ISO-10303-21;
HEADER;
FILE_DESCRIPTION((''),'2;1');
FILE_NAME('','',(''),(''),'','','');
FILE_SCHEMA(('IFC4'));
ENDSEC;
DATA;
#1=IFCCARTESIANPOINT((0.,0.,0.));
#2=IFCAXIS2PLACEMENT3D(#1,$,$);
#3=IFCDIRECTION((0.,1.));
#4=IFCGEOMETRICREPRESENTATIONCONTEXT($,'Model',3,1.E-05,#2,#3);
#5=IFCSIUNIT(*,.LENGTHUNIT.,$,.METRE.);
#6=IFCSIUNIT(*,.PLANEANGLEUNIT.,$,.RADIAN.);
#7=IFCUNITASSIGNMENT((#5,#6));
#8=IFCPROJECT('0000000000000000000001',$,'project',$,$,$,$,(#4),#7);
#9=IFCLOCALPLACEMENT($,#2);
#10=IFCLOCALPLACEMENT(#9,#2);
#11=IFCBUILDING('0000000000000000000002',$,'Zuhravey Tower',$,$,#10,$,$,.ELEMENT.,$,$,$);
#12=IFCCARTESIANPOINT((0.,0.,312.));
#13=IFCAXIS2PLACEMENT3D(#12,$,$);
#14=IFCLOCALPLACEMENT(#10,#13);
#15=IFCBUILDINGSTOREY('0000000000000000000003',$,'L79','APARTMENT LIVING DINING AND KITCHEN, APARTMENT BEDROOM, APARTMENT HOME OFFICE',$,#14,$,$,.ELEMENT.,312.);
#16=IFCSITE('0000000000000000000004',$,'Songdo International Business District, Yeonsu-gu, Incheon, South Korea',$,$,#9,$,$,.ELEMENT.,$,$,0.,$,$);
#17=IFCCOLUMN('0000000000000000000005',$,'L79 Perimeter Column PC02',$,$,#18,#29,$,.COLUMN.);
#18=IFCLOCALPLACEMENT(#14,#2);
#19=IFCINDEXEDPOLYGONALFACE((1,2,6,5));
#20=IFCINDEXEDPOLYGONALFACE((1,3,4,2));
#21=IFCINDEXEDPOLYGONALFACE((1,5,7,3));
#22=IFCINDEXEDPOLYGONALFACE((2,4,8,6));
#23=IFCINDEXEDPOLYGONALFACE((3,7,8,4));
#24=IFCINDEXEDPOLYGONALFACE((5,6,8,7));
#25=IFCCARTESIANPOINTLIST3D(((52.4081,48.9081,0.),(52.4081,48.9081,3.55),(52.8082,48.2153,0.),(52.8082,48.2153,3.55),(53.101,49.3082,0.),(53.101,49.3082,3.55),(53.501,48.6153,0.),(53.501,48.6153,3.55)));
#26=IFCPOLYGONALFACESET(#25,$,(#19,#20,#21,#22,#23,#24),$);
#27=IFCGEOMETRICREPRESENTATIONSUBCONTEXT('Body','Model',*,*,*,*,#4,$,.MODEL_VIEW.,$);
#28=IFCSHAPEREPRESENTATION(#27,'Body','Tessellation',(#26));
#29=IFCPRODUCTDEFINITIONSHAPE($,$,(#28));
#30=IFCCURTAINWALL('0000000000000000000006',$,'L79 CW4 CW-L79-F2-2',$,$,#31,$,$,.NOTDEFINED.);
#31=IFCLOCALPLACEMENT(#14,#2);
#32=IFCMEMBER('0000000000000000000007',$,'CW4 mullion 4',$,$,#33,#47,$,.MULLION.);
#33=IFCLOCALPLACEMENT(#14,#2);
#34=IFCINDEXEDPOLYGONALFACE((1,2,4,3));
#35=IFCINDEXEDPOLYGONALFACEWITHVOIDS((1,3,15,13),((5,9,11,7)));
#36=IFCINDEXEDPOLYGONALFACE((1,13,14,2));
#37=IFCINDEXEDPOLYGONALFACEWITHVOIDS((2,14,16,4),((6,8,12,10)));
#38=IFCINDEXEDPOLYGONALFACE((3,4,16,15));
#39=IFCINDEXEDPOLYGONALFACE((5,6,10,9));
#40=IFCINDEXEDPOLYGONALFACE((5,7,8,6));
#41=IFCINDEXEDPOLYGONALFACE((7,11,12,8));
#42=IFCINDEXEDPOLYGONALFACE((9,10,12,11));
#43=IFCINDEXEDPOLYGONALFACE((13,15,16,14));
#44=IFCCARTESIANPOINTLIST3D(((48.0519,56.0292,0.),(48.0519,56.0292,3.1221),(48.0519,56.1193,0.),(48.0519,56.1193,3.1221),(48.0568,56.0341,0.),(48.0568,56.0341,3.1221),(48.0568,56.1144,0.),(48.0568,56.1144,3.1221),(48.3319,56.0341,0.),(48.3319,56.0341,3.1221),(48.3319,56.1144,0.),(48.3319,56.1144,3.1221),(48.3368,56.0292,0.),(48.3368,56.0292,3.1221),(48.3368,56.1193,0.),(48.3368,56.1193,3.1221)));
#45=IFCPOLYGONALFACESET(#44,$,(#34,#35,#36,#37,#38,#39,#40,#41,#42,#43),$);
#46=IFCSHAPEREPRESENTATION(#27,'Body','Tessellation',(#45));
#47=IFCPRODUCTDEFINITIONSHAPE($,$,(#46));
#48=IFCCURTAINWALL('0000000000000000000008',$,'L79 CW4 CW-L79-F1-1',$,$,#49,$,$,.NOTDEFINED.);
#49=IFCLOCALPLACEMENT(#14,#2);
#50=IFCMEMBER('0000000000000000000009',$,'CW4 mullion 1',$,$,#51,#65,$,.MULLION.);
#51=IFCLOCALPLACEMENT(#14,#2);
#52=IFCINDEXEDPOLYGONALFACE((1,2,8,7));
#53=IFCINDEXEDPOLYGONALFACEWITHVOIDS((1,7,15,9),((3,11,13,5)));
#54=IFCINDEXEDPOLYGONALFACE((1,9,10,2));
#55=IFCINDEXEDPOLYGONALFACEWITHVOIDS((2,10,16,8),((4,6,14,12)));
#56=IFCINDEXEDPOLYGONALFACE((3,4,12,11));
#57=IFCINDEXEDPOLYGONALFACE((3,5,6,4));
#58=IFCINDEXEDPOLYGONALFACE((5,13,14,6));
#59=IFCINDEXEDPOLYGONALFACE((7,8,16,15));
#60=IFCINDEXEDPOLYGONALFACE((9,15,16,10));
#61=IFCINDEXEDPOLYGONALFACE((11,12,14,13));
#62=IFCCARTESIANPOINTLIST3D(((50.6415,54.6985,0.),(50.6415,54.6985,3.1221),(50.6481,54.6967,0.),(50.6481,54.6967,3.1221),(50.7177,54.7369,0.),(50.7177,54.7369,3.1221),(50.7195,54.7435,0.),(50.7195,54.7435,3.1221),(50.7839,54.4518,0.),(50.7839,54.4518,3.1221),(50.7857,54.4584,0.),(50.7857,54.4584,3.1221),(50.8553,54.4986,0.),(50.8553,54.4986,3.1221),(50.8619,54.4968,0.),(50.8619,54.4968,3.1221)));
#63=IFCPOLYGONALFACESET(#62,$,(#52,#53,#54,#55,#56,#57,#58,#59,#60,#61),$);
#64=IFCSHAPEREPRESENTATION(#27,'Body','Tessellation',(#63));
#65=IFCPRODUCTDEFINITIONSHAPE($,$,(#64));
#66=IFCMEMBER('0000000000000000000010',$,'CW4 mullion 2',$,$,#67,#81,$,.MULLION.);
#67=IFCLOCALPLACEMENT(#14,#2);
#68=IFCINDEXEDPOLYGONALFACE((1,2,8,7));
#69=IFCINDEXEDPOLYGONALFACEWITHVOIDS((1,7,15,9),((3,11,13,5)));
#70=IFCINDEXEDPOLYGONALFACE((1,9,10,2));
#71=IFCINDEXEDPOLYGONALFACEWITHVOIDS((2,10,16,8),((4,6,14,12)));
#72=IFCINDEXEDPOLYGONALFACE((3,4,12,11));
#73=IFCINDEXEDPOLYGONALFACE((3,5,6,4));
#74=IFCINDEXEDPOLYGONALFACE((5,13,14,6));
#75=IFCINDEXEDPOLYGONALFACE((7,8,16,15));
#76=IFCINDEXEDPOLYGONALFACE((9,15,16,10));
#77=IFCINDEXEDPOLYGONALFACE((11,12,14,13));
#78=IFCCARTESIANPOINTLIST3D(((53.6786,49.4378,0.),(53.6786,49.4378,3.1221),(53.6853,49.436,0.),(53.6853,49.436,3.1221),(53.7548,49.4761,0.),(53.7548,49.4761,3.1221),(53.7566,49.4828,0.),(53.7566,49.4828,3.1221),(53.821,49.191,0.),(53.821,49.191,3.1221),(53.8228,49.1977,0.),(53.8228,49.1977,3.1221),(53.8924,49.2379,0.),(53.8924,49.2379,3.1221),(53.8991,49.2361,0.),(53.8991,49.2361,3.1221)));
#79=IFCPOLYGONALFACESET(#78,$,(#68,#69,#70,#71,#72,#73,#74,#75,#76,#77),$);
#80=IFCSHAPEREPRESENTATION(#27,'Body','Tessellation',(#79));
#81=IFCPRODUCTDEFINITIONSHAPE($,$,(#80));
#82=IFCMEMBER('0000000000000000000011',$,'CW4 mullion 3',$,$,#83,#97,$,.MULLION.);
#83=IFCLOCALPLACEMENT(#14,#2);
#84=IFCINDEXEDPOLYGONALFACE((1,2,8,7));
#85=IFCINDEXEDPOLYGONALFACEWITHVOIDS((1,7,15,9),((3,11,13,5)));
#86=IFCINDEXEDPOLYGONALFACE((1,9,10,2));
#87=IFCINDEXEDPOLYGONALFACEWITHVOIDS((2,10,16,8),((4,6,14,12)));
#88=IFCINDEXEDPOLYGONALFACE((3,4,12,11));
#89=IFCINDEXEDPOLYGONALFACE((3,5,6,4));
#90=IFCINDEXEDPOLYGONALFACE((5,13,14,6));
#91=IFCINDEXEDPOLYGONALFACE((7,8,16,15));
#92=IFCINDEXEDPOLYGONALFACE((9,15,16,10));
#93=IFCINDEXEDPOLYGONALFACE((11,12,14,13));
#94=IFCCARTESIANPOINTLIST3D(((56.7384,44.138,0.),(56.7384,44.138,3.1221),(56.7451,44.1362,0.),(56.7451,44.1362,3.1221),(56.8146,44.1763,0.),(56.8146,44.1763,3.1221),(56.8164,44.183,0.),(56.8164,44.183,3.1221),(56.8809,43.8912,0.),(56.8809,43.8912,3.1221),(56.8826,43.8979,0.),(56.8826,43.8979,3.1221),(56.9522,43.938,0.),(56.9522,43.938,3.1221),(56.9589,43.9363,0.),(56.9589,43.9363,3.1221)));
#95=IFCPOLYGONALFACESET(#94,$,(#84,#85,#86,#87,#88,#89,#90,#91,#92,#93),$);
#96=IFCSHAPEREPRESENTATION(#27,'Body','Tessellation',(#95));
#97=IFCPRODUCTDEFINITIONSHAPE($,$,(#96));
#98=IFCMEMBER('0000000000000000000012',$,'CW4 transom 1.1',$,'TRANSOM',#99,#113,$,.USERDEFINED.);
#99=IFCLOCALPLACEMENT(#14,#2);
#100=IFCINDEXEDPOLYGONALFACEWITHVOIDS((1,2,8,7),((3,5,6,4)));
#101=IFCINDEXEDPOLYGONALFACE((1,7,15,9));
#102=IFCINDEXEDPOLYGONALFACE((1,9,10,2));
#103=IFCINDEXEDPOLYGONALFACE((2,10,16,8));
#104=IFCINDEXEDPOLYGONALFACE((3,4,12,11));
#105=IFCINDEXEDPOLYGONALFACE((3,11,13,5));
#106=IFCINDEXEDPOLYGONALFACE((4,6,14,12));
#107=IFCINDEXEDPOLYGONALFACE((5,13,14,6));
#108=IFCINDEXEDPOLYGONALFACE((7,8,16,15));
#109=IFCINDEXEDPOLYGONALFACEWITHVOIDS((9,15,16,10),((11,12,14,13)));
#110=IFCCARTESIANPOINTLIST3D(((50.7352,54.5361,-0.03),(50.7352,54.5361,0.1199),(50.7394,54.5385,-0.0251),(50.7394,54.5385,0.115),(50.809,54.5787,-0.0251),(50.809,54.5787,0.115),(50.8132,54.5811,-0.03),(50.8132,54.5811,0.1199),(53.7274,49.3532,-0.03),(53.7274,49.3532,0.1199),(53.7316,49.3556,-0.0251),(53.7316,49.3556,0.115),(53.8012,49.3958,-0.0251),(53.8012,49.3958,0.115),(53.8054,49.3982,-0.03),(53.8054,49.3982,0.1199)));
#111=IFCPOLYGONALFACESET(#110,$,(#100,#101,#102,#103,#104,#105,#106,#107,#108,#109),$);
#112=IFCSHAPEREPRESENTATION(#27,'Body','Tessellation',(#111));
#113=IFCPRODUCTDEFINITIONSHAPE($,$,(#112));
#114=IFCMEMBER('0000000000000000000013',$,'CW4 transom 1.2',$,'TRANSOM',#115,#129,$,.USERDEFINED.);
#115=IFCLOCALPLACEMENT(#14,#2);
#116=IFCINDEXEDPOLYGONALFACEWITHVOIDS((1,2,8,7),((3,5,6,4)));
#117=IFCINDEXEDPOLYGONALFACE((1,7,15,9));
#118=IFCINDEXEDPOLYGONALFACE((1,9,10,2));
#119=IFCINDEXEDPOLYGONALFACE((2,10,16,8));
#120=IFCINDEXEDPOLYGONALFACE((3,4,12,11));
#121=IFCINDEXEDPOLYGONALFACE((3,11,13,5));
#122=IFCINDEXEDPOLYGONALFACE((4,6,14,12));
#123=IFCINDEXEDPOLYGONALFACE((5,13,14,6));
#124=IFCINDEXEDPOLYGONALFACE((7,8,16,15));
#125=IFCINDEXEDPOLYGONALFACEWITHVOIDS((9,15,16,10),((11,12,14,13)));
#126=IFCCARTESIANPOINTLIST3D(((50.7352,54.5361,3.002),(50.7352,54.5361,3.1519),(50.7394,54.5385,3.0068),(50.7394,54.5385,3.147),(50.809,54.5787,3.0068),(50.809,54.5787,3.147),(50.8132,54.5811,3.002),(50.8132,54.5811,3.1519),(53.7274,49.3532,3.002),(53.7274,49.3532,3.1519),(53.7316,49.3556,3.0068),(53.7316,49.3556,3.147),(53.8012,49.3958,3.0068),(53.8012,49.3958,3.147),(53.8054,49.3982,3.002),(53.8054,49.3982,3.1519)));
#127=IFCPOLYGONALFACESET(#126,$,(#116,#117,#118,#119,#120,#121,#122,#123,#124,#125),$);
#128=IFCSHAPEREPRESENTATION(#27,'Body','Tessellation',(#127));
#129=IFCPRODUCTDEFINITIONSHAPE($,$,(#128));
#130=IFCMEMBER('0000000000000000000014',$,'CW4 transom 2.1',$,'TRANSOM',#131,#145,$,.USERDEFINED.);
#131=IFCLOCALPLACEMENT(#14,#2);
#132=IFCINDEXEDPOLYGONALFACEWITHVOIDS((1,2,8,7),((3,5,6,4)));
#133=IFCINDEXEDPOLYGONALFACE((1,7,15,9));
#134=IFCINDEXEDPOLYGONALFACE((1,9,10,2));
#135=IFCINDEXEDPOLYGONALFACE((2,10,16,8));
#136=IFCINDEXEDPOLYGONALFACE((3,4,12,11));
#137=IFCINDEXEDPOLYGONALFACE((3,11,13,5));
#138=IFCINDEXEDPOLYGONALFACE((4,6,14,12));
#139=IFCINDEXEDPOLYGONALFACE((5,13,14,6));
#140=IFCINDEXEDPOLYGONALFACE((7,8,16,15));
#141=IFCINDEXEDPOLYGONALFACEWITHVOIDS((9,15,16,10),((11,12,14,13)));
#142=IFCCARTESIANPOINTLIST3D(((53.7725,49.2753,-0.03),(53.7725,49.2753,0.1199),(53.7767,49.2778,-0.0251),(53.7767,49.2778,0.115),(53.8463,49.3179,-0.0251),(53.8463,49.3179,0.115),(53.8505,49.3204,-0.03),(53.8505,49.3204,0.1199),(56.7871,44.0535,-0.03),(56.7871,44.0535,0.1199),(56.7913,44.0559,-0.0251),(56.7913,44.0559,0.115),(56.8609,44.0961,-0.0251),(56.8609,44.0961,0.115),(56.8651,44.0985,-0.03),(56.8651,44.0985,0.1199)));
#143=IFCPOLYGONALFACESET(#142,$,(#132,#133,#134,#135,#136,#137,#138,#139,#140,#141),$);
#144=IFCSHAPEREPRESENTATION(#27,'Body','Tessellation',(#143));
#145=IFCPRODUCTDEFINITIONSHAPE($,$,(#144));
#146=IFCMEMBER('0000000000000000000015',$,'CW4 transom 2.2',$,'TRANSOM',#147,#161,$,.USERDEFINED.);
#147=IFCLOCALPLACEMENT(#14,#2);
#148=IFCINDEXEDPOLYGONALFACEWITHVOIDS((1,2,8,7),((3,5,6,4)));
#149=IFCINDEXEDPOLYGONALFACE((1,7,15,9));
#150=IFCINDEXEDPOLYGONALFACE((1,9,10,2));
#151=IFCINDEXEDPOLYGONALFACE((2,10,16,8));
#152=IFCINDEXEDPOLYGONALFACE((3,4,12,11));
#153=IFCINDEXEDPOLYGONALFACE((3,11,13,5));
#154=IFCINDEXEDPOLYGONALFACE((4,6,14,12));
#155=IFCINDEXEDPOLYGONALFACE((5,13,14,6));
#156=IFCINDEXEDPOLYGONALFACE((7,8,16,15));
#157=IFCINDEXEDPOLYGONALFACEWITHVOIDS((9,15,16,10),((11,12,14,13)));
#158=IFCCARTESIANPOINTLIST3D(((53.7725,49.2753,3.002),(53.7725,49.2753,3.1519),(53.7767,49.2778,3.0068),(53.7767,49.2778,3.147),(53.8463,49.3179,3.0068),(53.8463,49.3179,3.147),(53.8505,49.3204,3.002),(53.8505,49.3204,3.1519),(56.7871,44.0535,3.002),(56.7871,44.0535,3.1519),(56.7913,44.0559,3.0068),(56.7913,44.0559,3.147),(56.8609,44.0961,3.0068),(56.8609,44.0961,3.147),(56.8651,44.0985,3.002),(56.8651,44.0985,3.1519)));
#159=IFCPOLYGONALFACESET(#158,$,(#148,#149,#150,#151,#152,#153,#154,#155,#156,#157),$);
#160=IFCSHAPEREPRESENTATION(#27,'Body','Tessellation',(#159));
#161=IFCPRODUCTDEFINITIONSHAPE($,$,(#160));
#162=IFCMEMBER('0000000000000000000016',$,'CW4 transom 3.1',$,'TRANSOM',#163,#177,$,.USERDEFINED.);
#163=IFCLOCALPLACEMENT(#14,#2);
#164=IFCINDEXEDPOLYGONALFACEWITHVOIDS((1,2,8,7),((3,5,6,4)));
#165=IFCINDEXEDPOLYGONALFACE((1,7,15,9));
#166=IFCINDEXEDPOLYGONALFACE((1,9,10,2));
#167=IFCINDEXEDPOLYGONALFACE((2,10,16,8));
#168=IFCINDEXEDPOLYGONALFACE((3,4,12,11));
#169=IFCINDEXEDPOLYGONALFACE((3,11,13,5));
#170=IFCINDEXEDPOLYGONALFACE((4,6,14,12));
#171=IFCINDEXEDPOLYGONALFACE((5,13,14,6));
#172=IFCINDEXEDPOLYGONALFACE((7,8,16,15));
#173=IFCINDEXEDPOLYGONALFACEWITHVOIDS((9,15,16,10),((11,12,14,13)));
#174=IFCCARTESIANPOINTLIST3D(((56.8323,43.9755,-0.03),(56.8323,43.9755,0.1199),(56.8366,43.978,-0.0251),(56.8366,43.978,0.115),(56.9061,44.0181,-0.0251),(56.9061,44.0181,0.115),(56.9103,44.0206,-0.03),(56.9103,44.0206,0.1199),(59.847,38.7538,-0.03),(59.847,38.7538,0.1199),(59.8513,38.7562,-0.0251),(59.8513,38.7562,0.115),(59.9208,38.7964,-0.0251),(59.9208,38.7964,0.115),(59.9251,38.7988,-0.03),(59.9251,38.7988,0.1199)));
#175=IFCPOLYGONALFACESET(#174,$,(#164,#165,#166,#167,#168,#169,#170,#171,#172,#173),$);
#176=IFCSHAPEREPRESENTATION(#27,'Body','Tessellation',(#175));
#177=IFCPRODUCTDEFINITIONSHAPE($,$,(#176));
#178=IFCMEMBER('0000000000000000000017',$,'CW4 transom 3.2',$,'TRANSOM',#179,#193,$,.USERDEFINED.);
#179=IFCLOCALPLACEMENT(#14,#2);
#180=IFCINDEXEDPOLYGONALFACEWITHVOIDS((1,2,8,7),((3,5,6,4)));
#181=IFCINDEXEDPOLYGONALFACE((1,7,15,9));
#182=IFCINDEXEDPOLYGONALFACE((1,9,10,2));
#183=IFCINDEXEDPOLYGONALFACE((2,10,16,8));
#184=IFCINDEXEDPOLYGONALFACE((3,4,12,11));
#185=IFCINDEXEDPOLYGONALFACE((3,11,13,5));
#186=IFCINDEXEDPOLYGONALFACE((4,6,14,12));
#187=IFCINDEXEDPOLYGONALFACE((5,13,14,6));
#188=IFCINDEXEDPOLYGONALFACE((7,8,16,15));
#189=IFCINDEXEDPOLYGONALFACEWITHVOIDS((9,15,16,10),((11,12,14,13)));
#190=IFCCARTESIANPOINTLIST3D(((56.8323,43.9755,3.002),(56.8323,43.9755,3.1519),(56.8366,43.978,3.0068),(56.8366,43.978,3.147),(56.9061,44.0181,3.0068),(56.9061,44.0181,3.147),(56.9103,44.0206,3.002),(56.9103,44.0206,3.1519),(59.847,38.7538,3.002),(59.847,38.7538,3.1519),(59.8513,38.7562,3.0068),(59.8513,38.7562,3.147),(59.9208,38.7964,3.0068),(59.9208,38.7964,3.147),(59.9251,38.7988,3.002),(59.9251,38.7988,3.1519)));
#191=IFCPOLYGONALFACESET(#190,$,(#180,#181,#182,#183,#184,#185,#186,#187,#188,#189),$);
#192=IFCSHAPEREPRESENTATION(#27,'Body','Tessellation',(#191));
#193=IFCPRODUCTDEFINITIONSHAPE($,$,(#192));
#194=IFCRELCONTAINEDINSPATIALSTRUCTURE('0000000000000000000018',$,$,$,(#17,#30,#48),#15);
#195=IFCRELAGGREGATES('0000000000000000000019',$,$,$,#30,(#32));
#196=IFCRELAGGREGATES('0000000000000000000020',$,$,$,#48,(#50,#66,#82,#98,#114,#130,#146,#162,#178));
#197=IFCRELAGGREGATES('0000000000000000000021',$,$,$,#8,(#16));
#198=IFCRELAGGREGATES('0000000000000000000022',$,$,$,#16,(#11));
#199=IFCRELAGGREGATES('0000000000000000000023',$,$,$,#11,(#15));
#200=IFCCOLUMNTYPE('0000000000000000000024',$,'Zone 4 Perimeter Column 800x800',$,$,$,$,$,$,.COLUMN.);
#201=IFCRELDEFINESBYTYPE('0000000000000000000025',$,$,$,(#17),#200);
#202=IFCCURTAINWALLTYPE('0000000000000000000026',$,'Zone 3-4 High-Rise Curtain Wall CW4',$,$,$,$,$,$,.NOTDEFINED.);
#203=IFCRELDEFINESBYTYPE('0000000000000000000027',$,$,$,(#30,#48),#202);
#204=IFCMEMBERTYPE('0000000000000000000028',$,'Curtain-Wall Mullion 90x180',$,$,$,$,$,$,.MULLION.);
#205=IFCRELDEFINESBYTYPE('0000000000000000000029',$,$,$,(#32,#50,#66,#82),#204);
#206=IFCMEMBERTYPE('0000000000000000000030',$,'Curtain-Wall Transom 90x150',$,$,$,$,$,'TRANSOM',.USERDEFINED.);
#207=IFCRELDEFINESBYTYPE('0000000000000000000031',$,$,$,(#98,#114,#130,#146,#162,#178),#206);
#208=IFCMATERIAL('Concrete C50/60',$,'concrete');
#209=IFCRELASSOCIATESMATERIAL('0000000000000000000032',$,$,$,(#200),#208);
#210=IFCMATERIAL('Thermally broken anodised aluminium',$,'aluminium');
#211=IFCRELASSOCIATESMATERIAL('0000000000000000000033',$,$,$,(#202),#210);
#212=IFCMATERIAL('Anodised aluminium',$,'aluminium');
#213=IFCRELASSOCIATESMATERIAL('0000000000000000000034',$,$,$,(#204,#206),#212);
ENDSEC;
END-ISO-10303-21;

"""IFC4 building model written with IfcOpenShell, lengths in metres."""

from ifc_helpers import new_model, si_unit, direction, frame, origin, origin_2d, place, context, subcontext, project, spatial, rectangle, hollow_rectangle, extrude, material, material_profile, profile_set, type_object, element, aggregate, save


model = new_model("IFC4")

# Units and contexts
model_context = context("Model", 3, precision=1e-05, world=origin(), true_north=direction((0.0, 1.0)))
body_context = subcontext(model_context, "Body", "Model", "MODEL_VIEW")
ifc_project = project(units=[si_unit("LENGTHUNIT", "METRE"), si_unit("PLANEANGLEUNIT", "RADIAN")], contexts=[model_context])

# Site, building, storey
site_placement = place(None, origin())
site = spatial("IfcSite", under=ifc_project, at=site_placement, Name="Songdo International Business District, Yeonsu-gu, Incheon, South Korea", CompositionType="ELEMENT", RefElevation=0.0)
building_placement = place(site_placement, origin())
building = spatial("IfcBuilding", under=site, at=building_placement, Name="Zuhravey Tower", CompositionType="ELEMENT")
storey_placement = place(building_placement, frame((0.0, 0.0, 312.0)))
storey = spatial("IfcBuildingStorey", under=building, at=storey_placement, Name="L79", Description="APARTMENT LIVING DINING AND KITCHEN, APARTMENT BEDROOM, APARTMENT HOME OFFICE", CompositionType="ELEMENT", Elevation=312.0)

# Column
ifc_material_1 = material(Name="Concrete C50/60", Category="concrete")
ifc_material_profile_1 = material_profile(ifc_material_1, rectangle(XDim=0.8, YDim=0.8, at=origin_2d()), Name="RC-800x800")
ifc_profile_set_1 = profile_set([ifc_material_profile_1], Name="Concrete C50/60")
column_type = type_object("IfcColumnType", Name="Zone 4 Perimeter Column 800x800", PredefinedType="COLUMN", material=ifc_profile_set_1)
column_placement = place(storey_placement, frame((52.9546, 48.7617, 0.0), z_axis=(0.0, 0.0, 1.0), x_axis=(-0.5, 0.866025, 0.0)))
element("IfcColumn", 1, at=column_placement, inside=storey, type_object=column_type, Name="L79 Perimeter Column PC02", PredefinedType="COLUMN", context=body_context, shape_type="SweptSolid", body=[
    extrude(rectangle(XDim=0.8, YDim=0.8, at=origin_2d()), origin(), (0.0, 0.0, 1.0), 3.55),
])

# Curtain wall, member
ifc_material_2 = material(Name="Thermally broken anodised aluminium", Category="aluminium")
curtain_wall_type = type_object("IfcCurtainWallType", Name="Zone 3-4 High-Rise Curtain Wall CW4", PredefinedType="NOTDEFINED", material=ifc_material_2)
curtain_wall_1_placement = place(storey_placement, origin())
curtain_wall_1 = element("IfcCurtainWall", 2, at=curtain_wall_1_placement, inside=storey, type_object=curtain_wall_type, Name="L79 CW4 CW-L79-F2-2", PredefinedType="NOTDEFINED")
ifc_material_3 = material(Name="Anodised aluminium", Category="aluminium")
ifc_material_profile_2 = material_profile(ifc_material_3, hollow_rectangle(XDim=0.0901, YDim=0.2849, WallThickness=0.0049, at=origin_2d()), Name="ALU-RHS-90x285x5")
ifc_profile_set_2 = profile_set([ifc_material_profile_2], Name="Anodised aluminium")
member_type_1 = type_object("IfcMemberType", Name="Curtain-Wall Mullion 90x180", PredefinedType="MULLION", material=ifc_profile_set_2)
member_1_placement = place(storey_placement, frame((48.1943, 56.0742, 0.0), z_axis=(0.0, 0.0, 1.0), x_axis=(0.0, 1.0, 0.0)))
member_1 = element("IfcMember", 3, at=member_1_placement, type_object=member_type_1, Name="CW4 mullion 4", PredefinedType="MULLION", context=body_context, shape_type="SweptSolid", body=[
    extrude(hollow_rectangle(XDim=0.0901, YDim=0.2849, WallThickness=0.0049, at=origin_2d()), origin(), (0.0, 0.0, 1.0), 3.1221),
])
aggregate(curtain_wall_1, [member_1])

# Curtain wall, members
curtain_wall_2_placement = place(storey_placement, origin())
curtain_wall_2 = element("IfcCurtainWall", 4, at=curtain_wall_2_placement, inside=storey, type_object=curtain_wall_type, Name="L79 CW4 CW-L79-F1-1", PredefinedType="NOTDEFINED")
member_2_placement = place(storey_placement, frame((50.7517, 54.5977, 0.0), z_axis=(0.0, 0.0, 1.0), x_axis=(0.866026, 0.5, 0.0)))
member_2 = element("IfcMember", 5, at=member_2_placement, type_object=member_type_1, Name="CW4 mullion 1", PredefinedType="MULLION", context=body_context, shape_type="SweptSolid", body=[
    extrude(hollow_rectangle(XDim=0.0901, YDim=0.2849, WallThickness=0.0049, at=origin_2d()), origin(), (0.0, 0.0, 1.0), 3.1221),
])
member_3_placement = place(storey_placement, frame((53.7888, 49.3369, 0.0), z_axis=(0.0, 0.0, 1.0), x_axis=(0.866026, 0.5, 0.0)))
member_3 = element("IfcMember", 6, at=member_3_placement, type_object=member_type_1, Name="CW4 mullion 2", PredefinedType="MULLION", context=body_context, shape_type="SweptSolid", body=[
    extrude(hollow_rectangle(XDim=0.0901, YDim=0.2849, WallThickness=0.0049, at=origin_2d()), origin(), (0.0, 0.0, 1.0), 3.1221),
])
member_4_placement = place(storey_placement, frame((56.8486, 44.0371, 0.0), z_axis=(0.0, 0.0, 1.0), x_axis=(0.866026, 0.5, 0.0)))
member_4 = element("IfcMember", 7, at=member_4_placement, type_object=member_type_1, Name="CW4 mullion 3", PredefinedType="MULLION", context=body_context, shape_type="SweptSolid", body=[
    extrude(hollow_rectangle(XDim=0.0901, YDim=0.2849, WallThickness=0.0049, at=origin_2d()), origin(), (0.0, 0.0, 1.0), 3.1221),
])
ifc_material_profile_3 = material_profile(ifc_material_3, hollow_rectangle(XDim=0.0901, YDim=0.1499, WallThickness=0.0049, at=origin_2d()), Name="ALU-RHS-90x150x5")
ifc_profile_set_3 = profile_set([ifc_material_profile_3], Name="Anodised aluminium")
member_type_2 = type_object("IfcMemberType", Name="Curtain-Wall Transom 90x150", ElementType="TRANSOM", PredefinedType="USERDEFINED", material=ifc_profile_set_3)
member_5_placement = place(storey_placement, frame((50.7742, 54.5586, 0.0449), z_axis=(0.499983, -0.866035, 0.0), x_axis=(0.866035, 0.499983, 0.0)))
member_5 = element("IfcMember", 8, at=member_5_placement, type_object=member_type_2, Name="CW4 transom 1.1", ObjectType="TRANSOM", PredefinedType="USERDEFINED", context=body_context, shape_type="SweptSolid", body=[
    extrude(hollow_rectangle(XDim=0.0901, YDim=0.1499, WallThickness=0.0049, at=origin_2d()), origin(), (0.0, 0.0, 1.0), 5.9846),
])
member_6_placement = place(storey_placement, frame((50.7742, 54.5586, 3.0769), z_axis=(0.499983, -0.866035, 0.0), x_axis=(0.866035, 0.499983, 0.0)))
member_6 = element("IfcMember", 9, at=member_6_placement, type_object=member_type_2, Name="CW4 transom 1.2", ObjectType="TRANSOM", PredefinedType="USERDEFINED", context=body_context, shape_type="SweptSolid", body=[
    extrude(hollow_rectangle(XDim=0.0901, YDim=0.1499, WallThickness=0.0049, at=origin_2d()), origin(), (0.0, 0.0, 1.0), 5.9846),
])
member_7_placement = place(storey_placement, frame((53.8115, 49.2979, 0.0449), z_axis=(0.499971, -0.866042, 0.0), x_axis=(0.866042, 0.499971, 0.0)))
member_7 = element("IfcMember", 10, at=member_7_placement, type_object=member_type_2, Name="CW4 transom 2.1", ObjectType="TRANSOM", PredefinedType="USERDEFINED", context=body_context, shape_type="SweptSolid", body=[
    extrude(hollow_rectangle(XDim=0.0901, YDim=0.1499, WallThickness=0.0049, at=origin_2d()), origin(), (0.0, 0.0, 1.0), 6.0295),
])
member_8_placement = place(storey_placement, frame((53.8115, 49.2979, 3.0769), z_axis=(0.499971, -0.866042, 0.0), x_axis=(0.866042, 0.499971, 0.0)))
member_8 = element("IfcMember", 11, at=member_8_placement, type_object=member_type_2, Name="CW4 transom 2.2", ObjectType="TRANSOM", PredefinedType="USERDEFINED", context=body_context, shape_type="SweptSolid", body=[
    extrude(hollow_rectangle(XDim=0.0901, YDim=0.1499, WallThickness=0.0049, at=origin_2d()), origin(), (0.0, 0.0, 1.0), 6.0295),
])
member_9_placement = place(storey_placement, frame((56.8713, 43.998, 0.0449), z_axis=(0.499989, -0.866032, 0.0), x_axis=(0.866032, 0.499989, 0.0)))
member_9 = element("IfcMember", 12, at=member_9_placement, type_object=member_type_2, Name="CW4 transom 3.1", ObjectType="TRANSOM", PredefinedType="USERDEFINED", context=body_context, shape_type="SweptSolid", body=[
    extrude(hollow_rectangle(XDim=0.0901, YDim=0.1499, WallThickness=0.0049, at=origin_2d()), origin(), (0.0, 0.0, 1.0), 6.0295),
])
member_10_placement = place(storey_placement, frame((56.8713, 43.998, 3.0769), z_axis=(0.499989, -0.866032, 0.0), x_axis=(0.866032, 0.499989, 0.0)))
member_10 = element("IfcMember", 13, at=member_10_placement, type_object=member_type_2, Name="CW4 transom 3.2", ObjectType="TRANSOM", PredefinedType="USERDEFINED", context=body_context, shape_type="SweptSolid", body=[
    extrude(hollow_rectangle(XDim=0.0901, YDim=0.1499, WallThickness=0.0049, at=origin_2d()), origin(), (0.0, 0.0, 1.0), 6.0295),
])

aggregate(curtain_wall_2, [member_2, member_3, member_4, member_5, member_6, member_7, member_8, member_9, member_10])

save(model, "model.ifc")
